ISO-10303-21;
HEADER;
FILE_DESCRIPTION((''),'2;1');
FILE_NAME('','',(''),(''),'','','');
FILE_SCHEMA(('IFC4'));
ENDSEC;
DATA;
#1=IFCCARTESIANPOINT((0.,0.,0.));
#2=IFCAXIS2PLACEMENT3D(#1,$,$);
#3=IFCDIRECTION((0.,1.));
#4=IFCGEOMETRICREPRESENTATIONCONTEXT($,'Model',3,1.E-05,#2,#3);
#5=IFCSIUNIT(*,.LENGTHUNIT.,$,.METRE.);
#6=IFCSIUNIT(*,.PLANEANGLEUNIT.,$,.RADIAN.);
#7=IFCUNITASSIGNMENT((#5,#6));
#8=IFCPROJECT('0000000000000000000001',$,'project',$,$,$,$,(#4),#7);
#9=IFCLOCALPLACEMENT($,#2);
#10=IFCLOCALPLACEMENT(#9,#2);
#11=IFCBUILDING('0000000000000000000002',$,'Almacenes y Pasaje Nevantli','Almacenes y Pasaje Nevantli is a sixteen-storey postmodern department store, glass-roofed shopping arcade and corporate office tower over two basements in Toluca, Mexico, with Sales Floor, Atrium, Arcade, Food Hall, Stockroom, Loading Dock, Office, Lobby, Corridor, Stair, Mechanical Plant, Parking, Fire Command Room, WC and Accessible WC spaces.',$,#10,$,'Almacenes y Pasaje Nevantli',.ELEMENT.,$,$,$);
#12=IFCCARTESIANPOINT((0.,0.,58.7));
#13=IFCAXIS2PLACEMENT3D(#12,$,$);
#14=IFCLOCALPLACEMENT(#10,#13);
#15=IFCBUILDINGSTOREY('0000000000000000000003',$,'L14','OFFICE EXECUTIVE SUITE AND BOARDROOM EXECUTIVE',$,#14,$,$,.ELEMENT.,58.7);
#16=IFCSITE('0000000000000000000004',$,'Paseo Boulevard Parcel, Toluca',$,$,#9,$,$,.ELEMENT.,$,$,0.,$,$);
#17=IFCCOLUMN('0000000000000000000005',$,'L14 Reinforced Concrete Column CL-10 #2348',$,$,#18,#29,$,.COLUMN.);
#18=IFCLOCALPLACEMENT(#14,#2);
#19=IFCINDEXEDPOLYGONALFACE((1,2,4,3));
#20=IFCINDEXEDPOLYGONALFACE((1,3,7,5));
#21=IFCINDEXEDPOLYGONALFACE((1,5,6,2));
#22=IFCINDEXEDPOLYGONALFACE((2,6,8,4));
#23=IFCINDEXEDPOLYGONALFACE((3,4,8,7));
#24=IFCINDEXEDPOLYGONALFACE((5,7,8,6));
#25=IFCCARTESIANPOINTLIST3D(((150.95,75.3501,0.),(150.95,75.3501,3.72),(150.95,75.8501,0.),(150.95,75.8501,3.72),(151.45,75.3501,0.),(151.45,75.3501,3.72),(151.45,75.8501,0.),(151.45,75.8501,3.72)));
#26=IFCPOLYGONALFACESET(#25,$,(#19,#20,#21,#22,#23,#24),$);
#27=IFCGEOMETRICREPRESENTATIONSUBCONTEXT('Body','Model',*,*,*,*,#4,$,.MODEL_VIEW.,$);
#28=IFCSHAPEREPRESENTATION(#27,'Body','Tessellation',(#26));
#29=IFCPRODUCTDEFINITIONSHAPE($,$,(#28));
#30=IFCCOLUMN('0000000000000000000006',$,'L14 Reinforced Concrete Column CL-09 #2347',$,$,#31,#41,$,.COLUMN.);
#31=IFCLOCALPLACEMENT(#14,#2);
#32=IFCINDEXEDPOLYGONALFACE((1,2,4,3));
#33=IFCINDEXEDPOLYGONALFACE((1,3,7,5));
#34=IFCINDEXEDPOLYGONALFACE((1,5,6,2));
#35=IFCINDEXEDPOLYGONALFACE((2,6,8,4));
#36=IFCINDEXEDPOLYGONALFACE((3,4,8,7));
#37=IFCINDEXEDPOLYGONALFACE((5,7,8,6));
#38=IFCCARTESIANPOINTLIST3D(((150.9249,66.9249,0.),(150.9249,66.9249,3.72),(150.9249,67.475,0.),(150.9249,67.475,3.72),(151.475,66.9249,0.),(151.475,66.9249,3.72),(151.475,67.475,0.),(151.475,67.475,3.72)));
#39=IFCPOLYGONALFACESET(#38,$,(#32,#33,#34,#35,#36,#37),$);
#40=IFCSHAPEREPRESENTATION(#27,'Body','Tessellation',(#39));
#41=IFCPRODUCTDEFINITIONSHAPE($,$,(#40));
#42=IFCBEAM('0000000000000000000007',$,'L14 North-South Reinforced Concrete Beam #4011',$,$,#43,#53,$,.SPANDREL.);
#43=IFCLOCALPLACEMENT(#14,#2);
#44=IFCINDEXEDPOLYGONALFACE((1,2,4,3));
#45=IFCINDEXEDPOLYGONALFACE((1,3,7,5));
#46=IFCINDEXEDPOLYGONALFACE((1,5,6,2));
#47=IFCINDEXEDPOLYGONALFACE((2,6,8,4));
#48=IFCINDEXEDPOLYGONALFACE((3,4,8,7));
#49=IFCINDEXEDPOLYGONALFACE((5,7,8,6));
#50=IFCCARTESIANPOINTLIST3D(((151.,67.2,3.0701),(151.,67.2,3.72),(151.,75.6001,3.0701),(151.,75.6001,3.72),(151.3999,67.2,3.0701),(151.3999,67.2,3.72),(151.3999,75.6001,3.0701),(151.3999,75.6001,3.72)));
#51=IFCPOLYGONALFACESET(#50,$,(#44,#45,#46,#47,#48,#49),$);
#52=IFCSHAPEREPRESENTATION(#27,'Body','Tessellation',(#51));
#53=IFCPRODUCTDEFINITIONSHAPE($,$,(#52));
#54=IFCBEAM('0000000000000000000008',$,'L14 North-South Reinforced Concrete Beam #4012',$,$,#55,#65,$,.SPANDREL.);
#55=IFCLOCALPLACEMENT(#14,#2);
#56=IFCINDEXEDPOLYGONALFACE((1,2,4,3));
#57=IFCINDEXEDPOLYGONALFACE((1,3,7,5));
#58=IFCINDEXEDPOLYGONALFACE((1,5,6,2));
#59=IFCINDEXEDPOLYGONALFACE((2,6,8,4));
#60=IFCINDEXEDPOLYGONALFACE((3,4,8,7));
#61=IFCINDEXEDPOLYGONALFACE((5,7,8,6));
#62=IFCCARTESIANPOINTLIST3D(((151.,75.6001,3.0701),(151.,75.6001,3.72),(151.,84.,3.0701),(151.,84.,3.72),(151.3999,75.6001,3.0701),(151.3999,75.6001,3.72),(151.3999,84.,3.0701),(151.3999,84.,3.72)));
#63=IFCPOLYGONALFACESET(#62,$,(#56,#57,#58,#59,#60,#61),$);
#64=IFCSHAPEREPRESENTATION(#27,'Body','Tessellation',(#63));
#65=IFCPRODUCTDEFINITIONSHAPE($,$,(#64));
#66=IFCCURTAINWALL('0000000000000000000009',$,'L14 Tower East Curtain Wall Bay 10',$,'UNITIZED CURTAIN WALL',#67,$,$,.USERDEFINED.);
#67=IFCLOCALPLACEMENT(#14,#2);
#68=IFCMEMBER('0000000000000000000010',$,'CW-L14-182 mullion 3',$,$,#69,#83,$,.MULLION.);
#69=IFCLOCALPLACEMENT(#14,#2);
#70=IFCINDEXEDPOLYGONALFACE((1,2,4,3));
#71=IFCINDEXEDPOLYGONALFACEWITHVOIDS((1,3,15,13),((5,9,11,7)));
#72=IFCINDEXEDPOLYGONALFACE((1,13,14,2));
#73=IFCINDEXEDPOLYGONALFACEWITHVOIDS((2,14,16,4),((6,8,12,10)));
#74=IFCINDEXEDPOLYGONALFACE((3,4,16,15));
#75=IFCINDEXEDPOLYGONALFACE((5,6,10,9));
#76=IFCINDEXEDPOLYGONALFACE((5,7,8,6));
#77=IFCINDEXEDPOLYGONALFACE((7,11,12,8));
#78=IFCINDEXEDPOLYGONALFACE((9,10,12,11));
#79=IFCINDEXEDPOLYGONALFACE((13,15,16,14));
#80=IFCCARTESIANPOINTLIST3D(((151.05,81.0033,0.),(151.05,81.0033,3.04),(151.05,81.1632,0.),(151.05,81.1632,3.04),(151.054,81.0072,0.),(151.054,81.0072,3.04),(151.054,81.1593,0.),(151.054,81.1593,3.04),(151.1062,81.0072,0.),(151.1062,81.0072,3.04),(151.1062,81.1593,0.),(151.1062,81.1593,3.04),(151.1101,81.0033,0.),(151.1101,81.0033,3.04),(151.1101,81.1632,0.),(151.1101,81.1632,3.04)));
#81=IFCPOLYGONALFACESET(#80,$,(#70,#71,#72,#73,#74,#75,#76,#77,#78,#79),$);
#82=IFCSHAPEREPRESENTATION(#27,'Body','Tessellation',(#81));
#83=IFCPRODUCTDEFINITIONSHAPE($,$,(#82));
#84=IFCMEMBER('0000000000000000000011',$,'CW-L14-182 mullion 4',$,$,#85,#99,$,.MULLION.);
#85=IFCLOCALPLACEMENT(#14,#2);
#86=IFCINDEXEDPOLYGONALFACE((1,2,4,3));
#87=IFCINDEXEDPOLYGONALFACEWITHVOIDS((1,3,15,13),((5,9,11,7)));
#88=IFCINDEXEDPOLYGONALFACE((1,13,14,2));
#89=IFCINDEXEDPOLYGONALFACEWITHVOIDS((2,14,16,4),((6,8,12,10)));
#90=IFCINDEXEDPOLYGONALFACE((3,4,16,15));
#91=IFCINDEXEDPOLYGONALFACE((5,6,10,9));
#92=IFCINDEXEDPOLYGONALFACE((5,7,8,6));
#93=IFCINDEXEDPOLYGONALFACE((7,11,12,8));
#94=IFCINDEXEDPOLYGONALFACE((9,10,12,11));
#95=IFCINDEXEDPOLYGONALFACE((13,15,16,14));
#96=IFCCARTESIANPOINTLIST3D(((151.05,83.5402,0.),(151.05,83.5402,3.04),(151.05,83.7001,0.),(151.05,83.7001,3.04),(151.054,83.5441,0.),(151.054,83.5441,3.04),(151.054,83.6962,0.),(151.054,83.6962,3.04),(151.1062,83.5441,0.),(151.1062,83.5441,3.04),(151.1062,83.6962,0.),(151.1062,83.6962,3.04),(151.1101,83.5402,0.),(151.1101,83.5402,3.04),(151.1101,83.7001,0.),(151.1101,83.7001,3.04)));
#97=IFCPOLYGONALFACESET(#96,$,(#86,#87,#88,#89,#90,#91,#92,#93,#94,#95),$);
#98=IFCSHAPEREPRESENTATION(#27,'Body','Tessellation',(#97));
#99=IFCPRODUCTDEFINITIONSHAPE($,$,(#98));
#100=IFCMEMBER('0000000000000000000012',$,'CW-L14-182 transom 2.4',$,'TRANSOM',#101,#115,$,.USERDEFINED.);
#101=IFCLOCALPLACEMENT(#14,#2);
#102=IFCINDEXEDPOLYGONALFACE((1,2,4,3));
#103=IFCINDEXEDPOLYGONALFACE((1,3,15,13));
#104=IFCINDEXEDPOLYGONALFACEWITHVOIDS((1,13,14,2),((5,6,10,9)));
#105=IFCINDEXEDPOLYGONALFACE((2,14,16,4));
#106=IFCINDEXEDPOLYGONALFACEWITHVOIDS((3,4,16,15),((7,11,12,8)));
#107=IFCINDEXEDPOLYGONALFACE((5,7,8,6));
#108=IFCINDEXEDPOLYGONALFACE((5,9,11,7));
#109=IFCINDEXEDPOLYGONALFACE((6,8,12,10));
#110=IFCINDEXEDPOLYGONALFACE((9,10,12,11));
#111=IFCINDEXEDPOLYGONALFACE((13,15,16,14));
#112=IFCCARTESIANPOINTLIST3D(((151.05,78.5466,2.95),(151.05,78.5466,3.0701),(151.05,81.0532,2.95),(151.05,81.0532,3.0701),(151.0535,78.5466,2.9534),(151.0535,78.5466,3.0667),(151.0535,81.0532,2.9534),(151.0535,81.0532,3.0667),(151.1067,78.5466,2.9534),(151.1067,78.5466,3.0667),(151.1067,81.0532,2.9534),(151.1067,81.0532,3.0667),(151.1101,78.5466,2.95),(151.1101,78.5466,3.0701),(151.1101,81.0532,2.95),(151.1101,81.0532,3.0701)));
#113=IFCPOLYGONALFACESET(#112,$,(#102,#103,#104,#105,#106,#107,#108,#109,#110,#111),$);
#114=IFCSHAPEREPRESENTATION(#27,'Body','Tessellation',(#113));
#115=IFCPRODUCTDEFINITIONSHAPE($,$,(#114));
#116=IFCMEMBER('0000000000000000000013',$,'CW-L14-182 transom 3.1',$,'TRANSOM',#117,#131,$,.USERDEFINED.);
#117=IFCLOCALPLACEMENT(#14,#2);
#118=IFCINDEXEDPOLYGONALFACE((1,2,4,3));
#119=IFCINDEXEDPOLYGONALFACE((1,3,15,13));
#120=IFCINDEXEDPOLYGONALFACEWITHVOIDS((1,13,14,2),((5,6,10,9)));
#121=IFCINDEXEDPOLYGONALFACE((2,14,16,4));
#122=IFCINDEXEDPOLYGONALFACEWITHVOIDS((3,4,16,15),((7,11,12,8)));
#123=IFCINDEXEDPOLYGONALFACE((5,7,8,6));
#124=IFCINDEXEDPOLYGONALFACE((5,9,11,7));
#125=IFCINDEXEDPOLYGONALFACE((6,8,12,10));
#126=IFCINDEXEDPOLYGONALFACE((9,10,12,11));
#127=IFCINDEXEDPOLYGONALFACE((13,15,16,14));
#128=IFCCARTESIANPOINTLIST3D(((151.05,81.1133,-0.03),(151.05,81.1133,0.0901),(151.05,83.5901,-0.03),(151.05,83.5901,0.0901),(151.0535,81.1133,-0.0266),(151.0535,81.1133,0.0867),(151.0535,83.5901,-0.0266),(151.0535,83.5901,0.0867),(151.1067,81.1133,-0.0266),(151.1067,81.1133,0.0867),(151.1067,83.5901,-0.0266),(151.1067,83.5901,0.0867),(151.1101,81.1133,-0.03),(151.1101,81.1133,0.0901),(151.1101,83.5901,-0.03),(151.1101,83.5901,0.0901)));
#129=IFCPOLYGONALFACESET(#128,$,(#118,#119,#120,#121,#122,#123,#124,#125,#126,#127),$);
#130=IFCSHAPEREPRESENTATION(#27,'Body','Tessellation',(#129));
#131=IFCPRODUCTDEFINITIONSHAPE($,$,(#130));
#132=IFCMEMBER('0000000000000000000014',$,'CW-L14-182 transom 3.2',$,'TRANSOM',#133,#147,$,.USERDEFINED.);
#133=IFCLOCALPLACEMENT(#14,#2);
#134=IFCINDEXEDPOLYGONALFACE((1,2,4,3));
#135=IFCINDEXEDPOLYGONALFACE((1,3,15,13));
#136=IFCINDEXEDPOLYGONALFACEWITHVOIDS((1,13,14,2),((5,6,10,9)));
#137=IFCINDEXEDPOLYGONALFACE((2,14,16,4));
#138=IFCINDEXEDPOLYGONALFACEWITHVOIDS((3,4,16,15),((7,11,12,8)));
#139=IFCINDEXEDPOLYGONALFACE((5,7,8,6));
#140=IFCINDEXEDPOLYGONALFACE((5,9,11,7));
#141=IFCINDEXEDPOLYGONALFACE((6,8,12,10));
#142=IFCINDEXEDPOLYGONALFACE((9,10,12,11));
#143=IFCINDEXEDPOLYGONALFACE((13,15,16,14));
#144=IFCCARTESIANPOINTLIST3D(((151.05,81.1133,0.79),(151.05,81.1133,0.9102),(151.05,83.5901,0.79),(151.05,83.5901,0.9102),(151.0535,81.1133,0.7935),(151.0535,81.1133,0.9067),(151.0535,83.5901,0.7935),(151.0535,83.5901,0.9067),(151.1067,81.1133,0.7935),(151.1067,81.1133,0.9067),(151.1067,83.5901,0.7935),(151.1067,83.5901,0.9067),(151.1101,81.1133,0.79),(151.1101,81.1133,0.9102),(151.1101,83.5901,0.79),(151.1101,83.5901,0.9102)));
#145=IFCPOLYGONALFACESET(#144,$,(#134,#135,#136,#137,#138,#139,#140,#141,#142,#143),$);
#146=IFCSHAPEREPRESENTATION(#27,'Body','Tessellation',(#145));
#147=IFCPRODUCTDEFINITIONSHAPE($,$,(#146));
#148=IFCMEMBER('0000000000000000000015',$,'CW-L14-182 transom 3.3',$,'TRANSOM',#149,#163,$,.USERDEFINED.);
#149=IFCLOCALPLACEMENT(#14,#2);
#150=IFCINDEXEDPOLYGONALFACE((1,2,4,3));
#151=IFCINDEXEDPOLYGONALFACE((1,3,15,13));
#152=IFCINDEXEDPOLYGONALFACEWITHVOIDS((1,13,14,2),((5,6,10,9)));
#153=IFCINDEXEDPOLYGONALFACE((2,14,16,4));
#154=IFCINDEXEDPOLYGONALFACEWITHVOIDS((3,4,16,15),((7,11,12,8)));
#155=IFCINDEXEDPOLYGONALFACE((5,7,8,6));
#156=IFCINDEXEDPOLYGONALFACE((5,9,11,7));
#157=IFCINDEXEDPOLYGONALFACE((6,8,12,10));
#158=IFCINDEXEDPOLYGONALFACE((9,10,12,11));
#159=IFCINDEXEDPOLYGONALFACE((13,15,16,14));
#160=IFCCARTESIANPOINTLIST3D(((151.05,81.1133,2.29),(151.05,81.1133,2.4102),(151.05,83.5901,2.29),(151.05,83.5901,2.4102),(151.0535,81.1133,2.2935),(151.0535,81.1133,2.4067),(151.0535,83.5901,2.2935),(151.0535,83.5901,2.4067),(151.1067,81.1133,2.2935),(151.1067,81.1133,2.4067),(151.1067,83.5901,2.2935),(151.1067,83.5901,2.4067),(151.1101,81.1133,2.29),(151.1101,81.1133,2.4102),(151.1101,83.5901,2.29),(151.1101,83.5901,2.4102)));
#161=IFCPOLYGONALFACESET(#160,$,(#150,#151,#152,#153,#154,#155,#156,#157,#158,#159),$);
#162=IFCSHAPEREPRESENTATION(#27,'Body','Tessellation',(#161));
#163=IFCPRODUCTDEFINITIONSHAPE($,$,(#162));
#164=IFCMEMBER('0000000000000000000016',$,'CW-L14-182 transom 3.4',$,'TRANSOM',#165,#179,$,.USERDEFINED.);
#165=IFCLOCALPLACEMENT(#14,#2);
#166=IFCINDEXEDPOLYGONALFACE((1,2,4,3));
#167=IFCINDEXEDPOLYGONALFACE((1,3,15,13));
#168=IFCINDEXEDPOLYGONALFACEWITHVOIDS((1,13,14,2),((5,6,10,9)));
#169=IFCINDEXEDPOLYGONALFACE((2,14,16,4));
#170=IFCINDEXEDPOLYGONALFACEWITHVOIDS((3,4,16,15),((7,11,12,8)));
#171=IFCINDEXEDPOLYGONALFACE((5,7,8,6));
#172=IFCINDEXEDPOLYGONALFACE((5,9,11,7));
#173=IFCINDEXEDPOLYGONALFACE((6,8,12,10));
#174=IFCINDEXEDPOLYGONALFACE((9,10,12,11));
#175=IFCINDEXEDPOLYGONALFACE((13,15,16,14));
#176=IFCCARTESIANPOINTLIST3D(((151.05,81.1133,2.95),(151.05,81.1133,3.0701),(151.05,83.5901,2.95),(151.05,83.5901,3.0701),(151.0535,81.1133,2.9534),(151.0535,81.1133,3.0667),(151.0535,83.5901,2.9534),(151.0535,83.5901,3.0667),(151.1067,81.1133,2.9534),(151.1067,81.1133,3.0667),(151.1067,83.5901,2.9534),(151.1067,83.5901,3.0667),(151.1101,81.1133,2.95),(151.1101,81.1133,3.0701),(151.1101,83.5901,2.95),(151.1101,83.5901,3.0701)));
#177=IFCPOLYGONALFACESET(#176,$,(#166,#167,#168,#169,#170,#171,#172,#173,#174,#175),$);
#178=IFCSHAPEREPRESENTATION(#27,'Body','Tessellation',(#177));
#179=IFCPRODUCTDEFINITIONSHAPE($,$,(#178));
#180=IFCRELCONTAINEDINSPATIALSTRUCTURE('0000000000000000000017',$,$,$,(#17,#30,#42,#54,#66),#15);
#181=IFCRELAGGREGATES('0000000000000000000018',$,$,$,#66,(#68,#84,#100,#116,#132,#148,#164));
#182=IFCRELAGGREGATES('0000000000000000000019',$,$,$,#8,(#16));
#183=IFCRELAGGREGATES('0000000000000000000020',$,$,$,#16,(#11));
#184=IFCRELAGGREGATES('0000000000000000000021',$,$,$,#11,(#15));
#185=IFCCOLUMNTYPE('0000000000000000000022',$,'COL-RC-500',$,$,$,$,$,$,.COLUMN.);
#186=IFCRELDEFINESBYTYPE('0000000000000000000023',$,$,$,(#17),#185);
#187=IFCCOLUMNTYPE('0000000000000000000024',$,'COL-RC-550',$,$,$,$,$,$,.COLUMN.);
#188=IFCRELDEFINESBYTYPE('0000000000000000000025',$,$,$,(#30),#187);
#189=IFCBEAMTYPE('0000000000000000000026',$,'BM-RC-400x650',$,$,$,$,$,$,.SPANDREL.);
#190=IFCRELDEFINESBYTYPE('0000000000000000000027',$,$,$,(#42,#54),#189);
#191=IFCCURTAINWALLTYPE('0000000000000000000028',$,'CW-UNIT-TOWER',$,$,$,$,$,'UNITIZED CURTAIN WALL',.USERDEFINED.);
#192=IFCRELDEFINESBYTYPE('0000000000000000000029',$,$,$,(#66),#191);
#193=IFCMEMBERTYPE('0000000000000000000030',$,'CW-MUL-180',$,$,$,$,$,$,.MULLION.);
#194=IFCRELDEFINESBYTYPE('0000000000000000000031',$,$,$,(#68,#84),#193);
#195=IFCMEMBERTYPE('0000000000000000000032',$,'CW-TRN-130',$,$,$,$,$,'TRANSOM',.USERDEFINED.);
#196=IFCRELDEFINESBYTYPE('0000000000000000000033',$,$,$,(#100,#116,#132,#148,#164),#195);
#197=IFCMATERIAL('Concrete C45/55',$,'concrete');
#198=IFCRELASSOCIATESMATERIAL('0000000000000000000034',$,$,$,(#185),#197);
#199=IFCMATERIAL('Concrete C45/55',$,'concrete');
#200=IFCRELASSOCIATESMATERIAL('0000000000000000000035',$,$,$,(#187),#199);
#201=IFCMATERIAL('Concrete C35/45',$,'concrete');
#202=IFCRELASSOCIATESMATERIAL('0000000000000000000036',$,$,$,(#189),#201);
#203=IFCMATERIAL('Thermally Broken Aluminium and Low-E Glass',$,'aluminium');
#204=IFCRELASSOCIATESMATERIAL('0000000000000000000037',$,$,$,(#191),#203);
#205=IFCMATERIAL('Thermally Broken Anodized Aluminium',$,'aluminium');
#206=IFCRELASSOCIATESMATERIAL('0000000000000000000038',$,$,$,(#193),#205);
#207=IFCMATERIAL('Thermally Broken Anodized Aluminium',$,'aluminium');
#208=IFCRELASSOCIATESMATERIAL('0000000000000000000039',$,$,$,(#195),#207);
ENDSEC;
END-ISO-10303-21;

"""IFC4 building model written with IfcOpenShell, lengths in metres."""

from ifc_helpers import new_model, si_unit, direction, frame, origin, origin_2d, place, context, subcontext, project, spatial, rectangle, hollow_rectangle, extrude, material, material_profile, profile_set, type_object, element, aggregate, save


model = new_model("IFC4")

# Units and contexts
model_context = context("Model", 3, precision=1e-05, world=origin(), true_north=direction((0.0, 1.0)))
body_context = subcontext(model_context, "Body", "Model", "MODEL_VIEW")
ifc_project = project(units=[si_unit("LENGTHUNIT", "METRE"), si_unit("PLANEANGLEUNIT", "RADIAN")], contexts=[model_context])

# Site, building, storey
site_placement = place(None, origin())
site = spatial("IfcSite", under=ifc_project, at=site_placement, Name="Paseo Boulevard Parcel, Toluca", CompositionType="ELEMENT", RefElevation=0.0)
building_placement = place(site_placement, origin())
building = spatial("IfcBuilding", under=site, at=building_placement, Name="Almacenes y Pasaje Nevantli", Description="Almacenes y Pasaje Nevantli is a sixteen-storey postmodern department store, glass-roofed shopping arcade and corporate office tower over two basements in Toluca, Mexico, with Sales Floor, Atrium, Arcade, Food Hall, Stockroom, Loading Dock, Office, Lobby, Corridor, Stair, Mechanical Plant, Parking, Fire Command Room, WC and Accessible WC spaces.", LongName="Almacenes y Pasaje Nevantli", CompositionType="ELEMENT")
storey_placement = place(building_placement, frame((0.0, 0.0, 58.7)))
storey = spatial("IfcBuildingStorey", under=building, at=storey_placement, Name="L14", Description="OFFICE EXECUTIVE SUITE AND BOARDROOM EXECUTIVE", CompositionType="ELEMENT", Elevation=58.7)

# Columns
ifc_material_1 = material(Name="Concrete C45/55", Category="concrete")
ifc_material_profile_1 = material_profile(ifc_material_1, rectangle(XDim=0.5, YDim=0.5, at=origin_2d()), Name="RC-COL-500x500")
ifc_profile_set_1 = profile_set([ifc_material_profile_1], Name="Concrete C45/55")
column_type_1 = type_object("IfcColumnType", Name="COL-RC-500", PredefinedType="COLUMN", material=ifc_profile_set_1)
column_1_placement = place(storey_placement, frame((151.2, 75.6001, 0.0), z_axis=(0.0, 0.0, 1.0), x_axis=(1.0, 0.0, 0.0)))
element("IfcColumn", 1, at=column_1_placement, inside=storey, type_object=column_type_1, Name="L14 Reinforced Concrete Column CL-10 #2348", PredefinedType="COLUMN", context=body_context, shape_type="SweptSolid", body=[
    extrude(rectangle(XDim=0.5, YDim=0.5, at=origin_2d()), origin(), (0.0, 0.0, 1.0), 3.72),
])
ifc_material_2 = material(Name="Concrete C45/55", Category="concrete")
ifc_material_profile_2 = material_profile(ifc_material_2, rectangle(XDim=0.55, YDim=0.55, at=origin_2d()), Name="RC-COL-550x550")
ifc_profile_set_2 = profile_set([ifc_material_profile_2], Name="Concrete C45/55")
column_type_2 = type_object("IfcColumnType", Name="COL-RC-550", PredefinedType="COLUMN", material=ifc_profile_set_2)
column_2_placement = place(storey_placement, frame((151.2, 67.2, 0.0), z_axis=(0.0, 0.0, 1.0), x_axis=(1.0, 0.0, 0.0)))
element("IfcColumn", 2, at=column_2_placement, inside=storey, type_object=column_type_2, Name="L14 Reinforced Concrete Column CL-09 #2347", PredefinedType="COLUMN", context=body_context, shape_type="SweptSolid", body=[
    extrude(rectangle(XDim=0.55, YDim=0.55, at=origin_2d()), origin(), (0.0, 0.0, 1.0), 3.72),
])

# Beams
ifc_material_3 = material(Name="Concrete C35/45", Category="concrete")
ifc_material_profile_3 = material_profile(ifc_material_3, rectangle(XDim=0.3999, YDim=0.6499, at=origin_2d()), Name="RC-BM-400x650")
ifc_profile_set_3 = profile_set([ifc_material_profile_3], Name="Concrete C35/45")
beam_type = type_object("IfcBeamType", Name="BM-RC-400x650", PredefinedType="SPANDREL", material=ifc_profile_set_3)
beam_1_placement = place(storey_placement, frame((151.2, 67.2, 3.395), z_axis=(0.0, 1.0, 0.0), x_axis=(-1.0, 0.0, 0.0)))
element("IfcBeam", 3, at=beam_1_placement, inside=storey, type_object=beam_type, Name="L14 North-South Reinforced Concrete Beam #4011", PredefinedType="SPANDREL", context=body_context, shape_type="SweptSolid", body=[
    extrude(rectangle(XDim=0.3999, YDim=0.6499, at=origin_2d()), origin(), (0.0, 0.0, 1.0), 8.4001),
])
beam_2_placement = place(storey_placement, frame((151.2, 75.6001, 3.395), z_axis=(0.0, 1.0, 0.0), x_axis=(-1.0, 0.0, 0.0)))
element("IfcBeam", 4, at=beam_2_placement, inside=storey, type_object=beam_type, Name="L14 North-South Reinforced Concrete Beam #4012", PredefinedType="SPANDREL", context=body_context, shape_type="SweptSolid", body=[
    extrude(rectangle(XDim=0.3999, YDim=0.6499, at=origin_2d()), origin(), (0.0, 0.0, 1.0), 8.3999),
])

# Curtain wall, members
ifc_material_4 = material(Name="Thermally Broken Aluminium and Low-E Glass", Category="aluminium")
curtain_wall_type = type_object("IfcCurtainWallType", Name="CW-UNIT-TOWER", ElementType="UNITIZED CURTAIN WALL", PredefinedType="USERDEFINED", material=ifc_material_4)
curtain_wall_placement = place(storey_placement, origin())
curtain_wall = element("IfcCurtainWall", 5, at=curtain_wall_placement, inside=storey, type_object=curtain_wall_type, Name="L14 Tower East Curtain Wall Bay 10", ObjectType="UNITIZED CURTAIN WALL", PredefinedType="USERDEFINED")
ifc_material_5 = material(Name="Thermally Broken Anodized Aluminium", Category="aluminium")
ifc_material_profile_4 = material_profile(ifc_material_5, hollow_rectangle(XDim=0.0601, YDim=0.1599, WallThickness=0.0039, at=origin_2d()), Name="ALU-MUL-60x160")
ifc_profile_set_4 = profile_set([ifc_material_profile_4], Name="Thermally Broken Anodized Aluminium")
member_type_1 = type_object("IfcMemberType", Name="CW-MUL-180", PredefinedType="MULLION", material=ifc_profile_set_4)
member_1_placement = place(storey_placement, frame((151.0801, 81.0833, 0.0), z_axis=(0.0, 0.0, 1.0), x_axis=(-1.0, 0.0, 0.0)))
member_1 = element("IfcMember", 6, at=member_1_placement, type_object=member_type_1, Name="CW-L14-182 mullion 3", PredefinedType="MULLION", context=body_context, shape_type="SweptSolid", body=[
    extrude(hollow_rectangle(XDim=0.0601, YDim=0.1599, WallThickness=0.0039, at=origin_2d()), origin(), (0.0, 0.0, 1.0), 3.04),
])
member_2_placement = place(storey_placement, frame((151.0801, 83.6201, 0.0), z_axis=(0.0, 0.0, 1.0), x_axis=(-1.0, 0.0, 0.0)))
member_2 = element("IfcMember", 7, at=member_2_placement, type_object=member_type_1, Name="CW-L14-182 mullion 4", PredefinedType="MULLION", context=body_context, shape_type="SweptSolid", body=[
    extrude(hollow_rectangle(XDim=0.0601, YDim=0.1599, WallThickness=0.0039, at=origin_2d()), origin(), (0.0, 0.0, 1.0), 3.04),
])
ifc_material_6 = material(Name="Thermally Broken Anodized Aluminium", Category="aluminium")
ifc_material_profile_5 = material_profile(ifc_material_6, hollow_rectangle(XDim=0.0601, YDim=0.1201, WallThickness=0.0034, at=origin_2d()), Name="ALU-TRN-60x120")
ifc_profile_set_5 = profile_set([ifc_material_profile_5], Name="Thermally Broken Anodized Aluminium")
member_type_2 = type_object("IfcMemberType", Name="CW-TRN-130", ElementType="TRANSOM", PredefinedType="USERDEFINED", material=ifc_profile_set_5)
member_3_placement = place(storey_placement, frame((151.0801, 78.5466, 3.01), z_axis=(0.0, 1.0, 0.0), x_axis=(-1.0, 0.0, 0.0)))
member_3 = element("IfcMember", 8, at=member_3_placement, type_object=member_type_2, Name="CW-L14-182 transom 2.4", ObjectType="TRANSOM", PredefinedType="USERDEFINED", context=body_context, shape_type="SweptSolid", body=[
    extrude(hollow_rectangle(XDim=0.0601, YDim=0.1201, WallThickness=0.0034, at=origin_2d()), origin(), (0.0, 0.0, 1.0), 2.5066),
])
member_4_placement = place(storey_placement, frame((151.0801, 81.1133, 0.03), z_axis=(0.0, 1.0, 0.0), x_axis=(-1.0, 0.0, 0.0)))
member_4 = element("IfcMember", 9, at=member_4_placement, type_object=member_type_2, Name="CW-L14-182 transom 3.1", ObjectType="TRANSOM", PredefinedType="USERDEFINED", context=body_context, shape_type="SweptSolid", body=[
    extrude(hollow_rectangle(XDim=0.0601, YDim=0.1201, WallThickness=0.0034, at=origin_2d()), origin(), (0.0, 0.0, 1.0), 2.4768),
])
member_5_placement = place(storey_placement, frame((151.0801, 81.1133, 0.8501), z_axis=(0.0, 1.0, 0.0), x_axis=(-1.0, 0.0, 0.0)))
member_5 = element("IfcMember", 10, at=member_5_placement, type_object=member_type_2, Name="CW-L14-182 transom 3.2", ObjectType="TRANSOM", PredefinedType="USERDEFINED", context=body_context, shape_type="SweptSolid", body=[
    extrude(hollow_rectangle(XDim=0.0601, YDim=0.1201, WallThickness=0.0034, at=origin_2d()), origin(), (0.0, 0.0, 1.0), 2.4768),
])
member_6_placement = place(storey_placement, frame((151.0801, 81.1133, 2.3501), z_axis=(0.0, 1.0, 0.0), x_axis=(-1.0, 0.0, 0.0)))
member_6 = element("IfcMember", 11, at=member_6_placement, type_object=member_type_2, Name="CW-L14-182 transom 3.3", ObjectType="TRANSOM", PredefinedType="USERDEFINED", context=body_context, shape_type="SweptSolid", body=[
    extrude(hollow_rectangle(XDim=0.0601, YDim=0.1201, WallThickness=0.0034, at=origin_2d()), origin(), (0.0, 0.0, 1.0), 2.4768),
])
member_7_placement = place(storey_placement, frame((151.0801, 81.1133, 3.01), z_axis=(0.0, 1.0, 0.0), x_axis=(-1.0, 0.0, 0.0)))
member_7 = element("IfcMember", 12, at=member_7_placement, type_object=member_type_2, Name="CW-L14-182 transom 3.4", ObjectType="TRANSOM", PredefinedType="USERDEFINED", context=body_context, shape_type="SweptSolid", body=[
    extrude(hollow_rectangle(XDim=0.0601, YDim=0.1201, WallThickness=0.0034, at=origin_2d()), origin(), (0.0, 0.0, 1.0), 2.4768),
])
aggregate(curtain_wall, [member_1, member_2, member_3, member_4, member_5, member_6, member_7])

save(model, "model.ifc")
